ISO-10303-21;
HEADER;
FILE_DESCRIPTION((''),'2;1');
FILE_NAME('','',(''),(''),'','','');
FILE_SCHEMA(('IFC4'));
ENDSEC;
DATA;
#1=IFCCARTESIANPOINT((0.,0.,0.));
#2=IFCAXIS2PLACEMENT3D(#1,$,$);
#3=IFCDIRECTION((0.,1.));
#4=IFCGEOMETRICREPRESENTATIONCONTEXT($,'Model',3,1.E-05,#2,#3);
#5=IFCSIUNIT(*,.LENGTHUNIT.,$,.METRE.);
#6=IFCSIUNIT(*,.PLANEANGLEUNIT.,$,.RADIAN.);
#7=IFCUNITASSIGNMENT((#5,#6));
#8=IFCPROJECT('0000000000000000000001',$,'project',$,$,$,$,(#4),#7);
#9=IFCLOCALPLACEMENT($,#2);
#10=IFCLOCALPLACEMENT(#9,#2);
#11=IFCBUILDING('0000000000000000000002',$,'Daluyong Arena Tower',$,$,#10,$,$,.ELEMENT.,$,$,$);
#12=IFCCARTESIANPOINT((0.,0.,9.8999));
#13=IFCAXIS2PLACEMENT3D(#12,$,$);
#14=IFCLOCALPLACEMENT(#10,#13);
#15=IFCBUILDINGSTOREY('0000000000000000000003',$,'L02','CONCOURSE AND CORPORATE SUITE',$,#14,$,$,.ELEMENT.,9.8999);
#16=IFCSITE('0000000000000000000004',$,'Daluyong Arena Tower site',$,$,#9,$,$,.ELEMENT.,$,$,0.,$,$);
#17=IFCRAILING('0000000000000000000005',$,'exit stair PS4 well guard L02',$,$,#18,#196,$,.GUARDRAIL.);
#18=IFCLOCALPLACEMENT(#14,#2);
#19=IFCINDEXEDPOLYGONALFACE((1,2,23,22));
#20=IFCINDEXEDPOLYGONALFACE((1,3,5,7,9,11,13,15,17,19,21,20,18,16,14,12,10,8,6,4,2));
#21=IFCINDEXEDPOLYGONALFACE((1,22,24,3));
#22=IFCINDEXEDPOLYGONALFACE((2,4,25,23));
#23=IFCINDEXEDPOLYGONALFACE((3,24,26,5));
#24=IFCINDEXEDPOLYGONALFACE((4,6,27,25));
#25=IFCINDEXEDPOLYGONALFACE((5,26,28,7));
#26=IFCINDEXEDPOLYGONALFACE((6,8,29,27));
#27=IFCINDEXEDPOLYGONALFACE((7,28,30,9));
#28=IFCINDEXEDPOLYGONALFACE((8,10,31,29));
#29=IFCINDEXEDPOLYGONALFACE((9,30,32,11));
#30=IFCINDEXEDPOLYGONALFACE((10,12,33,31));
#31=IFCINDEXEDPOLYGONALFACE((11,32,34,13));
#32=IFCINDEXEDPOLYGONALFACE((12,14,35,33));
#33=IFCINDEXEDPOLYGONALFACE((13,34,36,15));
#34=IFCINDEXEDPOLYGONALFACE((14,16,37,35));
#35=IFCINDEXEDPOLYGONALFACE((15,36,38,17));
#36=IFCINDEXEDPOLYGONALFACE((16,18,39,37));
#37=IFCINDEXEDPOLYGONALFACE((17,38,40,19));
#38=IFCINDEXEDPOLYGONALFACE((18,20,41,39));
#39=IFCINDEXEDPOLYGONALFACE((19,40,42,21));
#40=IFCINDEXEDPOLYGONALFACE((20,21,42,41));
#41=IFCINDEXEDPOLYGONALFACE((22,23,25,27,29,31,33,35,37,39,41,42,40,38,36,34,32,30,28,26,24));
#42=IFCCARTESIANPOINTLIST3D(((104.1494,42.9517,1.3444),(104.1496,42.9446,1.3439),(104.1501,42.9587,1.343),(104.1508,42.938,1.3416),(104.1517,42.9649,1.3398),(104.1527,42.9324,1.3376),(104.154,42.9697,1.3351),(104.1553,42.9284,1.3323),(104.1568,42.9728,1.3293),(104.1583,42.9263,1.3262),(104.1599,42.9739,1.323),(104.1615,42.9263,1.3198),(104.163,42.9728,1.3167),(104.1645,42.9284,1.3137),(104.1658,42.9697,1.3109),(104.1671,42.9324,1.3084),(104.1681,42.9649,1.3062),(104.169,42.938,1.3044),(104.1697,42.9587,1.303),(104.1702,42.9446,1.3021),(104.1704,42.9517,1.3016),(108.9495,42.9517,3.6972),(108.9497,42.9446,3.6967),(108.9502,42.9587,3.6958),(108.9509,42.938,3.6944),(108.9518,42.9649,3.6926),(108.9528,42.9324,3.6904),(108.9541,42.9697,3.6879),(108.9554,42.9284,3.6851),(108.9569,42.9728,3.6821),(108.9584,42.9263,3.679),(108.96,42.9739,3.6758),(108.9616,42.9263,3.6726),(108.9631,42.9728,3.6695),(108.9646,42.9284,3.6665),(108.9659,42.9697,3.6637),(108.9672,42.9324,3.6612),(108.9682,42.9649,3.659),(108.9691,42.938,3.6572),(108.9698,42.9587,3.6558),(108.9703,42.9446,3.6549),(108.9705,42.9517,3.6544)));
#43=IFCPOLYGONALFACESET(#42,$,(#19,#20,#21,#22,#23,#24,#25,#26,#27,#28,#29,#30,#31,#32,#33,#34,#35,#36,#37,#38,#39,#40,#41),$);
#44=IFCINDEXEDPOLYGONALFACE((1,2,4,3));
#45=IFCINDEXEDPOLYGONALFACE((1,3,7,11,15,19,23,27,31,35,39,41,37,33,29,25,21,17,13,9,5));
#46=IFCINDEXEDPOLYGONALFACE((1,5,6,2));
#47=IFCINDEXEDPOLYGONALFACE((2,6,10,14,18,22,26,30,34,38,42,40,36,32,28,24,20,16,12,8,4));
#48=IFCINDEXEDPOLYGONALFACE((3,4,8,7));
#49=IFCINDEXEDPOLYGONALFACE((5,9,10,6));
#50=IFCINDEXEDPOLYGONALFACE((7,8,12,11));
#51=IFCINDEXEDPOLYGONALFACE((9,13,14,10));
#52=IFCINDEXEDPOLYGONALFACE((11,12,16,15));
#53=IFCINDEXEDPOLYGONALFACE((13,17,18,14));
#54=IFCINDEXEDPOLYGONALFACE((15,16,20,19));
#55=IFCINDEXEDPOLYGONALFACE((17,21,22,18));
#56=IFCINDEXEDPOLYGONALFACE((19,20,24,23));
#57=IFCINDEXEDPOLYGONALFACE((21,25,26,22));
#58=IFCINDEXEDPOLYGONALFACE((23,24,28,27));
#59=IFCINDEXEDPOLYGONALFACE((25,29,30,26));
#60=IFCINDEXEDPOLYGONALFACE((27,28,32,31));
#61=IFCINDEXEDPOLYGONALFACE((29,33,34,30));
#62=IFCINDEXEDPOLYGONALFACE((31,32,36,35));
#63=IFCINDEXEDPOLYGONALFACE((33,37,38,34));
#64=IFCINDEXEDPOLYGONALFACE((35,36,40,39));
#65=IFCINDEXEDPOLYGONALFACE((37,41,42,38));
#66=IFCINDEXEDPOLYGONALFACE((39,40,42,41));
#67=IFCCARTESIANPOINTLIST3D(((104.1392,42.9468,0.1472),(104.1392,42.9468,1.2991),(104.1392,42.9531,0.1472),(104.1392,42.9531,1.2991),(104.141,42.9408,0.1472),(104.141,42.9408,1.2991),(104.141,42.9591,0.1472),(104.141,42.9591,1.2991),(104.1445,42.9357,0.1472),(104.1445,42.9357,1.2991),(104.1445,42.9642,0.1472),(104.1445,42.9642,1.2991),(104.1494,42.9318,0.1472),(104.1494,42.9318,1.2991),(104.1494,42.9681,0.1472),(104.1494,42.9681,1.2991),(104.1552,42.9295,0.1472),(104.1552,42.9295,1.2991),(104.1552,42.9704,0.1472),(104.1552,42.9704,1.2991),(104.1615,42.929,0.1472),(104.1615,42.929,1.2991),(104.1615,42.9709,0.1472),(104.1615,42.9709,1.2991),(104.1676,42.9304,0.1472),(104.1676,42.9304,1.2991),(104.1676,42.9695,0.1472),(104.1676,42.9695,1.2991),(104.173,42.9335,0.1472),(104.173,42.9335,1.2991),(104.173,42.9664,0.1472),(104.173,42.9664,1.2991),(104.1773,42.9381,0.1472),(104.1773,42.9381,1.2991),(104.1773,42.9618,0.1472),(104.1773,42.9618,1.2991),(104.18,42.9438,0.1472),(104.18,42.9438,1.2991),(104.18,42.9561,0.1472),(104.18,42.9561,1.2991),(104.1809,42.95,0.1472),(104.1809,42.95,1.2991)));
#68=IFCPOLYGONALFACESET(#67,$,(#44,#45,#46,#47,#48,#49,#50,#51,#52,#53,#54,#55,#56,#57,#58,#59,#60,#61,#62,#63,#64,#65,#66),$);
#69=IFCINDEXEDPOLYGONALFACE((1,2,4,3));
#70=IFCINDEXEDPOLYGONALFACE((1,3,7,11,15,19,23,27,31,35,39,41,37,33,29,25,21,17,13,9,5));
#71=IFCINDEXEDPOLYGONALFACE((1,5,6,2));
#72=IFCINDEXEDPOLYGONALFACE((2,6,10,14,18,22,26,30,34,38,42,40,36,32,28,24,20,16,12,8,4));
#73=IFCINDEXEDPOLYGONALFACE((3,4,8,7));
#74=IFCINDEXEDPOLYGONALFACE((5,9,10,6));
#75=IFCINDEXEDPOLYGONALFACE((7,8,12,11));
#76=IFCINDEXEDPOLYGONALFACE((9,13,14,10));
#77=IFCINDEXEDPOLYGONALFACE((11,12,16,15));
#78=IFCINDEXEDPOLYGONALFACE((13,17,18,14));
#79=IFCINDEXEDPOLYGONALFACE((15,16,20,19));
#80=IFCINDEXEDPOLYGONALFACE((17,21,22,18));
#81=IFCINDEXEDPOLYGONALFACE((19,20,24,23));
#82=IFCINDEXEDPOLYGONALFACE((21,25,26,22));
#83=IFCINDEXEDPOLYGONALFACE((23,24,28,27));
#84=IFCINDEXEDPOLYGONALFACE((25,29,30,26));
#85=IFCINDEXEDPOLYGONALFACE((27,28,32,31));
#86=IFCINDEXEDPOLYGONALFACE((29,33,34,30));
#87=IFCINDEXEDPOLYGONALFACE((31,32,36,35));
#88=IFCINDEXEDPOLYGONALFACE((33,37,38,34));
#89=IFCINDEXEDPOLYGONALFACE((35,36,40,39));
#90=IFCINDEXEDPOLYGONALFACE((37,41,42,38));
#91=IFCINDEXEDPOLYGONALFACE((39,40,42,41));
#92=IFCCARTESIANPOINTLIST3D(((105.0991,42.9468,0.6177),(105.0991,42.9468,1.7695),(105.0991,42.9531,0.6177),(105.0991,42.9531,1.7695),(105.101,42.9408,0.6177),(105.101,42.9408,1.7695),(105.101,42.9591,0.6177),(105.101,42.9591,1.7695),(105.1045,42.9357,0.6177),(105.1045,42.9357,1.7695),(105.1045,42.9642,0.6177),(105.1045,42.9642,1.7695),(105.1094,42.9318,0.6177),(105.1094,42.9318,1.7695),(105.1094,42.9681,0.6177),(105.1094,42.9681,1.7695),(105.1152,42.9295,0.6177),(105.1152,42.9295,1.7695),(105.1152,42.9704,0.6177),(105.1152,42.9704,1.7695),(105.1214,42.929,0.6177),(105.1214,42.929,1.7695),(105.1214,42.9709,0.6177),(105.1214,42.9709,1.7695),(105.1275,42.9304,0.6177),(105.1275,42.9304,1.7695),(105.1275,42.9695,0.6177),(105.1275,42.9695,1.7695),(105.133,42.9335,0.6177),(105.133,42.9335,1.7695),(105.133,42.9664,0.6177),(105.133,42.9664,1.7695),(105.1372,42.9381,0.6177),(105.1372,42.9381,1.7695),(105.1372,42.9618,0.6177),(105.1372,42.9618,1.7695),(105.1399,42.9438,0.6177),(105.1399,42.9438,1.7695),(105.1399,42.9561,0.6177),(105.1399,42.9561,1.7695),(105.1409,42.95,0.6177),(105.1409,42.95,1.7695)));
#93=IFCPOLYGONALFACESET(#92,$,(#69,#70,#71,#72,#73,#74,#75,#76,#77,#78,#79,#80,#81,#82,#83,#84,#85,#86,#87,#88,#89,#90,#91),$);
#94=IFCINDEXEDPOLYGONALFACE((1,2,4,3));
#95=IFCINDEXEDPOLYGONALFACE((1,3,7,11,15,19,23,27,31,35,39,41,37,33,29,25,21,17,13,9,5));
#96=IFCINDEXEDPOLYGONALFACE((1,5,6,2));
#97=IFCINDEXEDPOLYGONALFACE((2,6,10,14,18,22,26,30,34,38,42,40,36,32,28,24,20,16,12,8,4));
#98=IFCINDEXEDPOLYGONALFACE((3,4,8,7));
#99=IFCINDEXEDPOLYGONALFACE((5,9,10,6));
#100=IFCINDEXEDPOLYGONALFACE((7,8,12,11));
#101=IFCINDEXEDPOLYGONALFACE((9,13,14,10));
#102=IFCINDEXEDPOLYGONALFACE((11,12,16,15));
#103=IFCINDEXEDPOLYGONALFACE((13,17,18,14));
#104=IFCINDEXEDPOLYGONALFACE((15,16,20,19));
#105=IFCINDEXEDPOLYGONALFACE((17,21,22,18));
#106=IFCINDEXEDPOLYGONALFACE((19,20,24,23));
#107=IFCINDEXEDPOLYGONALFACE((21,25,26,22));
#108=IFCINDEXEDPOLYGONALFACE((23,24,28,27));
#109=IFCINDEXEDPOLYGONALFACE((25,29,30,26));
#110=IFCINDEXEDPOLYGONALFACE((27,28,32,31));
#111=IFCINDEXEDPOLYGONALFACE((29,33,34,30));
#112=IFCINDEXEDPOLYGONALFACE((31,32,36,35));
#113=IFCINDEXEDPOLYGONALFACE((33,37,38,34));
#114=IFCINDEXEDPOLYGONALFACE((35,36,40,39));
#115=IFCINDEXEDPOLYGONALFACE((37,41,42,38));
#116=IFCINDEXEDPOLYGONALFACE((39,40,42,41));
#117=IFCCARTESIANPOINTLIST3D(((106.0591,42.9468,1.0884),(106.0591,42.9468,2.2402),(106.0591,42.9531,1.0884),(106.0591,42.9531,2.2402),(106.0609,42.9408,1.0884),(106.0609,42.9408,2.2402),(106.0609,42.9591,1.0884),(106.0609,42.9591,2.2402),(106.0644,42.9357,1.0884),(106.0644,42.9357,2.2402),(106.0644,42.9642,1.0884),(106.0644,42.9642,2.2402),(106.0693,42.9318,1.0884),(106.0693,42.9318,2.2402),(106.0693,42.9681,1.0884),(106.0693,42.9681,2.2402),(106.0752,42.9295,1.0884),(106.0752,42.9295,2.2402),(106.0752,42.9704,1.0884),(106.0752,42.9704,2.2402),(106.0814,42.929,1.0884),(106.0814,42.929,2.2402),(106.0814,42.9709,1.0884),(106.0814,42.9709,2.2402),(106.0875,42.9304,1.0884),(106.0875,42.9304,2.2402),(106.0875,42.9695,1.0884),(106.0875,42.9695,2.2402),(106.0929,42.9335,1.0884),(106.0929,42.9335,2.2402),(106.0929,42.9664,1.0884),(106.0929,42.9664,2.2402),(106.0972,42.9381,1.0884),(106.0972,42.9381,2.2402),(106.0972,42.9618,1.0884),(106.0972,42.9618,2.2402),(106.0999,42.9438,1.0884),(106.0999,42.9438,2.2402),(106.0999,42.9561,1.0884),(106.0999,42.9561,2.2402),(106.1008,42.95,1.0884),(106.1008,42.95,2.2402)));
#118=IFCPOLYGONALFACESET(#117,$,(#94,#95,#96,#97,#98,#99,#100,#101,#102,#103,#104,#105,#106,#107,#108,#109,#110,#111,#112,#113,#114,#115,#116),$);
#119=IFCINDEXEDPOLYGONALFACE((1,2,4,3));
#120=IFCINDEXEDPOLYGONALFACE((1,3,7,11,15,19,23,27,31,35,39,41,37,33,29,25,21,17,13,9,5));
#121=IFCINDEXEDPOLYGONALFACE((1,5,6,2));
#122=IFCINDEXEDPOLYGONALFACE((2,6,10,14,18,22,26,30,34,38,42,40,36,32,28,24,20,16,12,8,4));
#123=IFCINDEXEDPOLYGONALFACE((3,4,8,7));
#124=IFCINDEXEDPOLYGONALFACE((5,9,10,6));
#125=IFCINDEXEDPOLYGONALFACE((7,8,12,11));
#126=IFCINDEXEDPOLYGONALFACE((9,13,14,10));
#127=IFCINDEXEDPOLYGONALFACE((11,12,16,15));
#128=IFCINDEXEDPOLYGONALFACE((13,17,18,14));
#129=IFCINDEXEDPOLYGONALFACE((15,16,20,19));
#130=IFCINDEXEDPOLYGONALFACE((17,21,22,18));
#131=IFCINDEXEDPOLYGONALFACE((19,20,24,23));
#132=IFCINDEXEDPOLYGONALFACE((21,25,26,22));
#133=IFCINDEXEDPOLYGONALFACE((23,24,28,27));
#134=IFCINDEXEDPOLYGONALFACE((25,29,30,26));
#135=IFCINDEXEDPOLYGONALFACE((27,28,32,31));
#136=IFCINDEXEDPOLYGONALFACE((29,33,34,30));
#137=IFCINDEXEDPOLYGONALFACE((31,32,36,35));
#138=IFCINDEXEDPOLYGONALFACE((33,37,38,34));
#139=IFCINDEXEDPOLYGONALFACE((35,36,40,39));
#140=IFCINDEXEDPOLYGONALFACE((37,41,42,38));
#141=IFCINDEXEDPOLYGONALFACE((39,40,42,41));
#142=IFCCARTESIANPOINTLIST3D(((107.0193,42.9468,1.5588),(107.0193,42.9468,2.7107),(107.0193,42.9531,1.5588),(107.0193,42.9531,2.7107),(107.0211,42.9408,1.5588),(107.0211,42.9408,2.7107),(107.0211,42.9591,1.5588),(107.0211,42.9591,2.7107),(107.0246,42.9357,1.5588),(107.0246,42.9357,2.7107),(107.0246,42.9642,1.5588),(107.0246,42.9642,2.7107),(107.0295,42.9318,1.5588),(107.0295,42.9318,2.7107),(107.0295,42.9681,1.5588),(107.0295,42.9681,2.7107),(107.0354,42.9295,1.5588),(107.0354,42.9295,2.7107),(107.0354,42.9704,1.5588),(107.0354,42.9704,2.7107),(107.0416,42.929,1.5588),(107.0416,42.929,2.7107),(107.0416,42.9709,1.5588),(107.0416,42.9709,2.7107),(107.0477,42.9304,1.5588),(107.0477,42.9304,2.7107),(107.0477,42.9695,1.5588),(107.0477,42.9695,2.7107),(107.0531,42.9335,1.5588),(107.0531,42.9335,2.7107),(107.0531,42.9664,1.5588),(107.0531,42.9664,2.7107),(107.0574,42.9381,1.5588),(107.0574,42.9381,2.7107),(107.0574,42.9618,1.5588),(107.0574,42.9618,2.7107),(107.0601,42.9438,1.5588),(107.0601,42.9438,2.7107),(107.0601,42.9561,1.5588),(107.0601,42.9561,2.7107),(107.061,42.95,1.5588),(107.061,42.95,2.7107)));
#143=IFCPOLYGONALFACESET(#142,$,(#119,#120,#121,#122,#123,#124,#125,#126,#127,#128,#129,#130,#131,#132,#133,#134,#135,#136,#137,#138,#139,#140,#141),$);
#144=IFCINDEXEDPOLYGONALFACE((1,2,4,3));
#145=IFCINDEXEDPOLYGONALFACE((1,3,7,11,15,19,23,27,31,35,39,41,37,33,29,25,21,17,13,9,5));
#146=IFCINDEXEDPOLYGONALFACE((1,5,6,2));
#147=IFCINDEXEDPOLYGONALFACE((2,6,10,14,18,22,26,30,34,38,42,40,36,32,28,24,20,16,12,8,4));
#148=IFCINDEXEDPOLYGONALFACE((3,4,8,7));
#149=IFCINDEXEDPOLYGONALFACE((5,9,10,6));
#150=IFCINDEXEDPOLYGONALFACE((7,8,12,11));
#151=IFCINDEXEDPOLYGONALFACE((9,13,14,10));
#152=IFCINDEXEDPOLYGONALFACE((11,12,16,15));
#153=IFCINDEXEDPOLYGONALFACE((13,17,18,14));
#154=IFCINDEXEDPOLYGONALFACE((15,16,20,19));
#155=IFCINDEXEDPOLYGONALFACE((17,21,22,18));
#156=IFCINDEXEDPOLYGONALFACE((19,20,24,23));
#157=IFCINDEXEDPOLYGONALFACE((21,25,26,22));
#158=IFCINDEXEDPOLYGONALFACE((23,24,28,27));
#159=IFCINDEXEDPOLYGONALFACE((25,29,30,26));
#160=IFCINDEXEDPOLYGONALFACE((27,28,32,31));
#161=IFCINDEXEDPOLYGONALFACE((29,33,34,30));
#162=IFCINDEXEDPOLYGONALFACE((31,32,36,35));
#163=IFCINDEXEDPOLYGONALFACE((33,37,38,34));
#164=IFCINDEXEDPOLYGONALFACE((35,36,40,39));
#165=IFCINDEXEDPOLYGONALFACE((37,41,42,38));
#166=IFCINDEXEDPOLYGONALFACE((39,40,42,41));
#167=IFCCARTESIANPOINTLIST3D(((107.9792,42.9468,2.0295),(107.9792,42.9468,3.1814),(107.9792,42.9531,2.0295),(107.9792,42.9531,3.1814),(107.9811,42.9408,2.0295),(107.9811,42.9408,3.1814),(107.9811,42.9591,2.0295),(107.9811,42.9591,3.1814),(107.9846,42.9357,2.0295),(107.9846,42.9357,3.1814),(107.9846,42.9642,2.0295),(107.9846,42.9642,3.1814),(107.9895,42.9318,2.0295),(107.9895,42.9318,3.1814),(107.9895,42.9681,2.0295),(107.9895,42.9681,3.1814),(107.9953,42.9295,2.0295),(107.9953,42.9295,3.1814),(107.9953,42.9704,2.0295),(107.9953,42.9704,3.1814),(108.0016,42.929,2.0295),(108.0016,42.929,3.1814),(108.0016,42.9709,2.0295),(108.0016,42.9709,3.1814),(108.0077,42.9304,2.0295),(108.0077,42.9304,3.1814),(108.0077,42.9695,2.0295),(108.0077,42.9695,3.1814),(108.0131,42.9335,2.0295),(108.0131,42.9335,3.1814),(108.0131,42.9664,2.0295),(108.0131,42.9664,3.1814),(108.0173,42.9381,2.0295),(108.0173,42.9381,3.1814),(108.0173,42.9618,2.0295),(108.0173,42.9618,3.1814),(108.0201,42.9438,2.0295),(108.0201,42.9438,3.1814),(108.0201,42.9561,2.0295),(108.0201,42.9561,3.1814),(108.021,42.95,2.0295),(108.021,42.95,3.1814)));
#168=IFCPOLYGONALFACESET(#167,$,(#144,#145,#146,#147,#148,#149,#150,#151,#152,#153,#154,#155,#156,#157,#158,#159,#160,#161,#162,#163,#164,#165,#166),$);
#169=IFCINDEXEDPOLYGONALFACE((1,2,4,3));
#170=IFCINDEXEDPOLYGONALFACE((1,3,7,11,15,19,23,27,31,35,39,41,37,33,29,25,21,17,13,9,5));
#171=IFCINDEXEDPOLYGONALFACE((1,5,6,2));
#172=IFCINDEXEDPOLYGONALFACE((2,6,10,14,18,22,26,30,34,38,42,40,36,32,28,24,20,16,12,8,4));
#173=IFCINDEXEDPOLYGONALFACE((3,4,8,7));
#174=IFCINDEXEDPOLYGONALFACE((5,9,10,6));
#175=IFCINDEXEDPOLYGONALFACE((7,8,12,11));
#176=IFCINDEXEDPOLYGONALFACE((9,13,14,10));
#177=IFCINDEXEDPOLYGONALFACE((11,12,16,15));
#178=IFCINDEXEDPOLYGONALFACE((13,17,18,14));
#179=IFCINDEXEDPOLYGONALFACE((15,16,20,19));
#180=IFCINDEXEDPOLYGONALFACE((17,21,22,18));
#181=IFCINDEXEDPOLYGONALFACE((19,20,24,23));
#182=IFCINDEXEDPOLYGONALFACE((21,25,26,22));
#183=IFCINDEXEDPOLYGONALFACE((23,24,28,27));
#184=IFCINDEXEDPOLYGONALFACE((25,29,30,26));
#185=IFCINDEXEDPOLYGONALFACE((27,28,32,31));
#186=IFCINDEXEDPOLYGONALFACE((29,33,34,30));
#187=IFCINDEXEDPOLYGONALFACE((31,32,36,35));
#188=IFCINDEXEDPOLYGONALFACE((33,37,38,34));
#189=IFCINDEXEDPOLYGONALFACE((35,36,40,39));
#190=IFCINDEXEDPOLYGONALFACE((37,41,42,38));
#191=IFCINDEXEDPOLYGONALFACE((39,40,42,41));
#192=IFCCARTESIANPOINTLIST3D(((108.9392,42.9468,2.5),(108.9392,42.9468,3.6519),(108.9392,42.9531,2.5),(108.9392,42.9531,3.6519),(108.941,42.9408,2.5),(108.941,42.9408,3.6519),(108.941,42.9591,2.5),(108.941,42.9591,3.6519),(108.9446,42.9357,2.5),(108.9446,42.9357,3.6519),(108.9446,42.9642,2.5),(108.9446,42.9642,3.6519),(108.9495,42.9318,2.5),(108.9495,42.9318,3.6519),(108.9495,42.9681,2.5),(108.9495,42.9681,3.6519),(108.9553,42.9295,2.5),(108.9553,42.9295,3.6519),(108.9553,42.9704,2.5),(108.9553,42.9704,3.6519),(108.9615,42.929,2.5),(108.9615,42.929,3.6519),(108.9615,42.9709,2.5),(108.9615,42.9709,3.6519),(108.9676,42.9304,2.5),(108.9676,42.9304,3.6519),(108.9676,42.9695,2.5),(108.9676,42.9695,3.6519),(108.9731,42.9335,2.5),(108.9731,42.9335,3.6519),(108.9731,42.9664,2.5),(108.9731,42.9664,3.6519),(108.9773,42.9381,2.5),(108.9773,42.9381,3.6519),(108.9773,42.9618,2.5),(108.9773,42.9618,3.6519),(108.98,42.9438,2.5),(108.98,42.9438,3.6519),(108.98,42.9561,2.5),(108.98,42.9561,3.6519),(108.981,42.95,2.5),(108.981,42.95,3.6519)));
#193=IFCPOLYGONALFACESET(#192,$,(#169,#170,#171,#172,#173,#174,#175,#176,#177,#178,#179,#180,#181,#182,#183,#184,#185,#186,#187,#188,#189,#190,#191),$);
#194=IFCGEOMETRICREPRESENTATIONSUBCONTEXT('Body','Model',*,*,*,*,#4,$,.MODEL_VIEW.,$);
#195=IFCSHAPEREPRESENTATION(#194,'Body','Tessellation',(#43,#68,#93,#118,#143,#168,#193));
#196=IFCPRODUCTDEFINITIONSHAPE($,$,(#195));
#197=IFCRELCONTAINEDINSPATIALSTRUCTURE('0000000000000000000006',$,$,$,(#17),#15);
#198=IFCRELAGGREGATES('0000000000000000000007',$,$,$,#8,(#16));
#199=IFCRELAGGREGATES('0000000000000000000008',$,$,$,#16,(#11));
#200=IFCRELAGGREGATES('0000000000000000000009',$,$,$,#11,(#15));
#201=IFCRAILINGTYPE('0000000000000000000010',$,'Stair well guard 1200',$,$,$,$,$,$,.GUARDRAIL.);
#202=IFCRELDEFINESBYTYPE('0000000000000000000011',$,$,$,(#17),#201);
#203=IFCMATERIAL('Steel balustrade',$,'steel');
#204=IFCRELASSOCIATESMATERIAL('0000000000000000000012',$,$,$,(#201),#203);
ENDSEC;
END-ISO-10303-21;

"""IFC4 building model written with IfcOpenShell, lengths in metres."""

from ifc_helpers import new_model, si_unit, direction, frame, origin, origin_2d, place, context, subcontext, project, spatial, circle, extrude, material, type_object, element, save


model = new_model("IFC4")

# Units and contexts
model_context = context("Model", 3, precision=1e-05, world=origin(), true_north=direction((0.0, 1.0)))
body_context = subcontext(model_context, "Body", "Model", "MODEL_VIEW")
ifc_project = project(units=[si_unit("LENGTHUNIT", "METRE"), si_unit("PLANEANGLEUNIT", "RADIAN")], contexts=[model_context])

# Site, building, storey
site_placement = place(None, origin())
site = spatial("IfcSite", under=ifc_project, at=site_placement, Name="Daluyong Arena Tower site", CompositionType="ELEMENT", RefElevation=0.0)
building_placement = place(site_placement, origin())
building = spatial("IfcBuilding", under=site, at=building_placement, Name="Daluyong Arena Tower", CompositionType="ELEMENT")
storey_placement = place(building_placement, frame((0.0, 0.0, 9.8999)))
storey = spatial("IfcBuildingStorey", under=building, at=storey_placement, Name="L02", Description="CONCOURSE AND CORPORATE SUITE", CompositionType="ELEMENT", Elevation=9.8999)

# Railing
ifc_material_1 = material(Name="Steel balustrade", Category="steel")
railing_type_1 = type_object("IfcRailingType", Name="Stair well guard 1200", PredefinedType="GUARDRAIL", material=ifc_material_1)
railing_1_placement = place(storey_placement, frame((104.1599, 42.95, 0.1472)))
element("IfcRailing", 1, at=railing_1_placement, inside=storey, type_object=railing_type_1, Name="exit stair PS4 well guard L02", PredefinedType="GUARDRAIL", context=body_context, shape_type="SweptSolid", body=[
    extrude(circle(Radius=0.0239, at=origin_2d()), frame((0.0, 0.0, 1.1758), z_axis=(0.897934, 0.0, 0.44013), x_axis=(0.0, 1.0, 0.0)), (0.0, 0.0, 1.0), 5.3457),
    extrude(circle(Radius=0.021, at=origin_2d()), origin(), (0.0, 0.0, 1.0), 1.1519),
    extrude(circle(Radius=0.021, at=origin_2d()), frame((0.96, 0.0, 0.4705)), (0.0, 0.0, 1.0), 1.1519),
    extrude(circle(Radius=0.021, at=origin_2d()), frame((1.9199, 0.0, 0.9412)), (0.0, 0.0, 1.0), 1.1519),
    extrude(circle(Radius=0.021, at=origin_2d()), frame((2.8801, 0.0, 1.4116)), (0.0, 0.0, 1.0), 1.1519),
    extrude(circle(Radius=0.021, at=origin_2d()), frame((3.8401, 0.0, 1.8823)), (0.0, 0.0, 1.0), 1.1519),
    extrude(circle(Radius=0.021, at=origin_2d()), frame((4.8, 0.0, 2.3528)), (0.0, 0.0, 1.0), 1.1519),
])

save(model, "model.ifc")
